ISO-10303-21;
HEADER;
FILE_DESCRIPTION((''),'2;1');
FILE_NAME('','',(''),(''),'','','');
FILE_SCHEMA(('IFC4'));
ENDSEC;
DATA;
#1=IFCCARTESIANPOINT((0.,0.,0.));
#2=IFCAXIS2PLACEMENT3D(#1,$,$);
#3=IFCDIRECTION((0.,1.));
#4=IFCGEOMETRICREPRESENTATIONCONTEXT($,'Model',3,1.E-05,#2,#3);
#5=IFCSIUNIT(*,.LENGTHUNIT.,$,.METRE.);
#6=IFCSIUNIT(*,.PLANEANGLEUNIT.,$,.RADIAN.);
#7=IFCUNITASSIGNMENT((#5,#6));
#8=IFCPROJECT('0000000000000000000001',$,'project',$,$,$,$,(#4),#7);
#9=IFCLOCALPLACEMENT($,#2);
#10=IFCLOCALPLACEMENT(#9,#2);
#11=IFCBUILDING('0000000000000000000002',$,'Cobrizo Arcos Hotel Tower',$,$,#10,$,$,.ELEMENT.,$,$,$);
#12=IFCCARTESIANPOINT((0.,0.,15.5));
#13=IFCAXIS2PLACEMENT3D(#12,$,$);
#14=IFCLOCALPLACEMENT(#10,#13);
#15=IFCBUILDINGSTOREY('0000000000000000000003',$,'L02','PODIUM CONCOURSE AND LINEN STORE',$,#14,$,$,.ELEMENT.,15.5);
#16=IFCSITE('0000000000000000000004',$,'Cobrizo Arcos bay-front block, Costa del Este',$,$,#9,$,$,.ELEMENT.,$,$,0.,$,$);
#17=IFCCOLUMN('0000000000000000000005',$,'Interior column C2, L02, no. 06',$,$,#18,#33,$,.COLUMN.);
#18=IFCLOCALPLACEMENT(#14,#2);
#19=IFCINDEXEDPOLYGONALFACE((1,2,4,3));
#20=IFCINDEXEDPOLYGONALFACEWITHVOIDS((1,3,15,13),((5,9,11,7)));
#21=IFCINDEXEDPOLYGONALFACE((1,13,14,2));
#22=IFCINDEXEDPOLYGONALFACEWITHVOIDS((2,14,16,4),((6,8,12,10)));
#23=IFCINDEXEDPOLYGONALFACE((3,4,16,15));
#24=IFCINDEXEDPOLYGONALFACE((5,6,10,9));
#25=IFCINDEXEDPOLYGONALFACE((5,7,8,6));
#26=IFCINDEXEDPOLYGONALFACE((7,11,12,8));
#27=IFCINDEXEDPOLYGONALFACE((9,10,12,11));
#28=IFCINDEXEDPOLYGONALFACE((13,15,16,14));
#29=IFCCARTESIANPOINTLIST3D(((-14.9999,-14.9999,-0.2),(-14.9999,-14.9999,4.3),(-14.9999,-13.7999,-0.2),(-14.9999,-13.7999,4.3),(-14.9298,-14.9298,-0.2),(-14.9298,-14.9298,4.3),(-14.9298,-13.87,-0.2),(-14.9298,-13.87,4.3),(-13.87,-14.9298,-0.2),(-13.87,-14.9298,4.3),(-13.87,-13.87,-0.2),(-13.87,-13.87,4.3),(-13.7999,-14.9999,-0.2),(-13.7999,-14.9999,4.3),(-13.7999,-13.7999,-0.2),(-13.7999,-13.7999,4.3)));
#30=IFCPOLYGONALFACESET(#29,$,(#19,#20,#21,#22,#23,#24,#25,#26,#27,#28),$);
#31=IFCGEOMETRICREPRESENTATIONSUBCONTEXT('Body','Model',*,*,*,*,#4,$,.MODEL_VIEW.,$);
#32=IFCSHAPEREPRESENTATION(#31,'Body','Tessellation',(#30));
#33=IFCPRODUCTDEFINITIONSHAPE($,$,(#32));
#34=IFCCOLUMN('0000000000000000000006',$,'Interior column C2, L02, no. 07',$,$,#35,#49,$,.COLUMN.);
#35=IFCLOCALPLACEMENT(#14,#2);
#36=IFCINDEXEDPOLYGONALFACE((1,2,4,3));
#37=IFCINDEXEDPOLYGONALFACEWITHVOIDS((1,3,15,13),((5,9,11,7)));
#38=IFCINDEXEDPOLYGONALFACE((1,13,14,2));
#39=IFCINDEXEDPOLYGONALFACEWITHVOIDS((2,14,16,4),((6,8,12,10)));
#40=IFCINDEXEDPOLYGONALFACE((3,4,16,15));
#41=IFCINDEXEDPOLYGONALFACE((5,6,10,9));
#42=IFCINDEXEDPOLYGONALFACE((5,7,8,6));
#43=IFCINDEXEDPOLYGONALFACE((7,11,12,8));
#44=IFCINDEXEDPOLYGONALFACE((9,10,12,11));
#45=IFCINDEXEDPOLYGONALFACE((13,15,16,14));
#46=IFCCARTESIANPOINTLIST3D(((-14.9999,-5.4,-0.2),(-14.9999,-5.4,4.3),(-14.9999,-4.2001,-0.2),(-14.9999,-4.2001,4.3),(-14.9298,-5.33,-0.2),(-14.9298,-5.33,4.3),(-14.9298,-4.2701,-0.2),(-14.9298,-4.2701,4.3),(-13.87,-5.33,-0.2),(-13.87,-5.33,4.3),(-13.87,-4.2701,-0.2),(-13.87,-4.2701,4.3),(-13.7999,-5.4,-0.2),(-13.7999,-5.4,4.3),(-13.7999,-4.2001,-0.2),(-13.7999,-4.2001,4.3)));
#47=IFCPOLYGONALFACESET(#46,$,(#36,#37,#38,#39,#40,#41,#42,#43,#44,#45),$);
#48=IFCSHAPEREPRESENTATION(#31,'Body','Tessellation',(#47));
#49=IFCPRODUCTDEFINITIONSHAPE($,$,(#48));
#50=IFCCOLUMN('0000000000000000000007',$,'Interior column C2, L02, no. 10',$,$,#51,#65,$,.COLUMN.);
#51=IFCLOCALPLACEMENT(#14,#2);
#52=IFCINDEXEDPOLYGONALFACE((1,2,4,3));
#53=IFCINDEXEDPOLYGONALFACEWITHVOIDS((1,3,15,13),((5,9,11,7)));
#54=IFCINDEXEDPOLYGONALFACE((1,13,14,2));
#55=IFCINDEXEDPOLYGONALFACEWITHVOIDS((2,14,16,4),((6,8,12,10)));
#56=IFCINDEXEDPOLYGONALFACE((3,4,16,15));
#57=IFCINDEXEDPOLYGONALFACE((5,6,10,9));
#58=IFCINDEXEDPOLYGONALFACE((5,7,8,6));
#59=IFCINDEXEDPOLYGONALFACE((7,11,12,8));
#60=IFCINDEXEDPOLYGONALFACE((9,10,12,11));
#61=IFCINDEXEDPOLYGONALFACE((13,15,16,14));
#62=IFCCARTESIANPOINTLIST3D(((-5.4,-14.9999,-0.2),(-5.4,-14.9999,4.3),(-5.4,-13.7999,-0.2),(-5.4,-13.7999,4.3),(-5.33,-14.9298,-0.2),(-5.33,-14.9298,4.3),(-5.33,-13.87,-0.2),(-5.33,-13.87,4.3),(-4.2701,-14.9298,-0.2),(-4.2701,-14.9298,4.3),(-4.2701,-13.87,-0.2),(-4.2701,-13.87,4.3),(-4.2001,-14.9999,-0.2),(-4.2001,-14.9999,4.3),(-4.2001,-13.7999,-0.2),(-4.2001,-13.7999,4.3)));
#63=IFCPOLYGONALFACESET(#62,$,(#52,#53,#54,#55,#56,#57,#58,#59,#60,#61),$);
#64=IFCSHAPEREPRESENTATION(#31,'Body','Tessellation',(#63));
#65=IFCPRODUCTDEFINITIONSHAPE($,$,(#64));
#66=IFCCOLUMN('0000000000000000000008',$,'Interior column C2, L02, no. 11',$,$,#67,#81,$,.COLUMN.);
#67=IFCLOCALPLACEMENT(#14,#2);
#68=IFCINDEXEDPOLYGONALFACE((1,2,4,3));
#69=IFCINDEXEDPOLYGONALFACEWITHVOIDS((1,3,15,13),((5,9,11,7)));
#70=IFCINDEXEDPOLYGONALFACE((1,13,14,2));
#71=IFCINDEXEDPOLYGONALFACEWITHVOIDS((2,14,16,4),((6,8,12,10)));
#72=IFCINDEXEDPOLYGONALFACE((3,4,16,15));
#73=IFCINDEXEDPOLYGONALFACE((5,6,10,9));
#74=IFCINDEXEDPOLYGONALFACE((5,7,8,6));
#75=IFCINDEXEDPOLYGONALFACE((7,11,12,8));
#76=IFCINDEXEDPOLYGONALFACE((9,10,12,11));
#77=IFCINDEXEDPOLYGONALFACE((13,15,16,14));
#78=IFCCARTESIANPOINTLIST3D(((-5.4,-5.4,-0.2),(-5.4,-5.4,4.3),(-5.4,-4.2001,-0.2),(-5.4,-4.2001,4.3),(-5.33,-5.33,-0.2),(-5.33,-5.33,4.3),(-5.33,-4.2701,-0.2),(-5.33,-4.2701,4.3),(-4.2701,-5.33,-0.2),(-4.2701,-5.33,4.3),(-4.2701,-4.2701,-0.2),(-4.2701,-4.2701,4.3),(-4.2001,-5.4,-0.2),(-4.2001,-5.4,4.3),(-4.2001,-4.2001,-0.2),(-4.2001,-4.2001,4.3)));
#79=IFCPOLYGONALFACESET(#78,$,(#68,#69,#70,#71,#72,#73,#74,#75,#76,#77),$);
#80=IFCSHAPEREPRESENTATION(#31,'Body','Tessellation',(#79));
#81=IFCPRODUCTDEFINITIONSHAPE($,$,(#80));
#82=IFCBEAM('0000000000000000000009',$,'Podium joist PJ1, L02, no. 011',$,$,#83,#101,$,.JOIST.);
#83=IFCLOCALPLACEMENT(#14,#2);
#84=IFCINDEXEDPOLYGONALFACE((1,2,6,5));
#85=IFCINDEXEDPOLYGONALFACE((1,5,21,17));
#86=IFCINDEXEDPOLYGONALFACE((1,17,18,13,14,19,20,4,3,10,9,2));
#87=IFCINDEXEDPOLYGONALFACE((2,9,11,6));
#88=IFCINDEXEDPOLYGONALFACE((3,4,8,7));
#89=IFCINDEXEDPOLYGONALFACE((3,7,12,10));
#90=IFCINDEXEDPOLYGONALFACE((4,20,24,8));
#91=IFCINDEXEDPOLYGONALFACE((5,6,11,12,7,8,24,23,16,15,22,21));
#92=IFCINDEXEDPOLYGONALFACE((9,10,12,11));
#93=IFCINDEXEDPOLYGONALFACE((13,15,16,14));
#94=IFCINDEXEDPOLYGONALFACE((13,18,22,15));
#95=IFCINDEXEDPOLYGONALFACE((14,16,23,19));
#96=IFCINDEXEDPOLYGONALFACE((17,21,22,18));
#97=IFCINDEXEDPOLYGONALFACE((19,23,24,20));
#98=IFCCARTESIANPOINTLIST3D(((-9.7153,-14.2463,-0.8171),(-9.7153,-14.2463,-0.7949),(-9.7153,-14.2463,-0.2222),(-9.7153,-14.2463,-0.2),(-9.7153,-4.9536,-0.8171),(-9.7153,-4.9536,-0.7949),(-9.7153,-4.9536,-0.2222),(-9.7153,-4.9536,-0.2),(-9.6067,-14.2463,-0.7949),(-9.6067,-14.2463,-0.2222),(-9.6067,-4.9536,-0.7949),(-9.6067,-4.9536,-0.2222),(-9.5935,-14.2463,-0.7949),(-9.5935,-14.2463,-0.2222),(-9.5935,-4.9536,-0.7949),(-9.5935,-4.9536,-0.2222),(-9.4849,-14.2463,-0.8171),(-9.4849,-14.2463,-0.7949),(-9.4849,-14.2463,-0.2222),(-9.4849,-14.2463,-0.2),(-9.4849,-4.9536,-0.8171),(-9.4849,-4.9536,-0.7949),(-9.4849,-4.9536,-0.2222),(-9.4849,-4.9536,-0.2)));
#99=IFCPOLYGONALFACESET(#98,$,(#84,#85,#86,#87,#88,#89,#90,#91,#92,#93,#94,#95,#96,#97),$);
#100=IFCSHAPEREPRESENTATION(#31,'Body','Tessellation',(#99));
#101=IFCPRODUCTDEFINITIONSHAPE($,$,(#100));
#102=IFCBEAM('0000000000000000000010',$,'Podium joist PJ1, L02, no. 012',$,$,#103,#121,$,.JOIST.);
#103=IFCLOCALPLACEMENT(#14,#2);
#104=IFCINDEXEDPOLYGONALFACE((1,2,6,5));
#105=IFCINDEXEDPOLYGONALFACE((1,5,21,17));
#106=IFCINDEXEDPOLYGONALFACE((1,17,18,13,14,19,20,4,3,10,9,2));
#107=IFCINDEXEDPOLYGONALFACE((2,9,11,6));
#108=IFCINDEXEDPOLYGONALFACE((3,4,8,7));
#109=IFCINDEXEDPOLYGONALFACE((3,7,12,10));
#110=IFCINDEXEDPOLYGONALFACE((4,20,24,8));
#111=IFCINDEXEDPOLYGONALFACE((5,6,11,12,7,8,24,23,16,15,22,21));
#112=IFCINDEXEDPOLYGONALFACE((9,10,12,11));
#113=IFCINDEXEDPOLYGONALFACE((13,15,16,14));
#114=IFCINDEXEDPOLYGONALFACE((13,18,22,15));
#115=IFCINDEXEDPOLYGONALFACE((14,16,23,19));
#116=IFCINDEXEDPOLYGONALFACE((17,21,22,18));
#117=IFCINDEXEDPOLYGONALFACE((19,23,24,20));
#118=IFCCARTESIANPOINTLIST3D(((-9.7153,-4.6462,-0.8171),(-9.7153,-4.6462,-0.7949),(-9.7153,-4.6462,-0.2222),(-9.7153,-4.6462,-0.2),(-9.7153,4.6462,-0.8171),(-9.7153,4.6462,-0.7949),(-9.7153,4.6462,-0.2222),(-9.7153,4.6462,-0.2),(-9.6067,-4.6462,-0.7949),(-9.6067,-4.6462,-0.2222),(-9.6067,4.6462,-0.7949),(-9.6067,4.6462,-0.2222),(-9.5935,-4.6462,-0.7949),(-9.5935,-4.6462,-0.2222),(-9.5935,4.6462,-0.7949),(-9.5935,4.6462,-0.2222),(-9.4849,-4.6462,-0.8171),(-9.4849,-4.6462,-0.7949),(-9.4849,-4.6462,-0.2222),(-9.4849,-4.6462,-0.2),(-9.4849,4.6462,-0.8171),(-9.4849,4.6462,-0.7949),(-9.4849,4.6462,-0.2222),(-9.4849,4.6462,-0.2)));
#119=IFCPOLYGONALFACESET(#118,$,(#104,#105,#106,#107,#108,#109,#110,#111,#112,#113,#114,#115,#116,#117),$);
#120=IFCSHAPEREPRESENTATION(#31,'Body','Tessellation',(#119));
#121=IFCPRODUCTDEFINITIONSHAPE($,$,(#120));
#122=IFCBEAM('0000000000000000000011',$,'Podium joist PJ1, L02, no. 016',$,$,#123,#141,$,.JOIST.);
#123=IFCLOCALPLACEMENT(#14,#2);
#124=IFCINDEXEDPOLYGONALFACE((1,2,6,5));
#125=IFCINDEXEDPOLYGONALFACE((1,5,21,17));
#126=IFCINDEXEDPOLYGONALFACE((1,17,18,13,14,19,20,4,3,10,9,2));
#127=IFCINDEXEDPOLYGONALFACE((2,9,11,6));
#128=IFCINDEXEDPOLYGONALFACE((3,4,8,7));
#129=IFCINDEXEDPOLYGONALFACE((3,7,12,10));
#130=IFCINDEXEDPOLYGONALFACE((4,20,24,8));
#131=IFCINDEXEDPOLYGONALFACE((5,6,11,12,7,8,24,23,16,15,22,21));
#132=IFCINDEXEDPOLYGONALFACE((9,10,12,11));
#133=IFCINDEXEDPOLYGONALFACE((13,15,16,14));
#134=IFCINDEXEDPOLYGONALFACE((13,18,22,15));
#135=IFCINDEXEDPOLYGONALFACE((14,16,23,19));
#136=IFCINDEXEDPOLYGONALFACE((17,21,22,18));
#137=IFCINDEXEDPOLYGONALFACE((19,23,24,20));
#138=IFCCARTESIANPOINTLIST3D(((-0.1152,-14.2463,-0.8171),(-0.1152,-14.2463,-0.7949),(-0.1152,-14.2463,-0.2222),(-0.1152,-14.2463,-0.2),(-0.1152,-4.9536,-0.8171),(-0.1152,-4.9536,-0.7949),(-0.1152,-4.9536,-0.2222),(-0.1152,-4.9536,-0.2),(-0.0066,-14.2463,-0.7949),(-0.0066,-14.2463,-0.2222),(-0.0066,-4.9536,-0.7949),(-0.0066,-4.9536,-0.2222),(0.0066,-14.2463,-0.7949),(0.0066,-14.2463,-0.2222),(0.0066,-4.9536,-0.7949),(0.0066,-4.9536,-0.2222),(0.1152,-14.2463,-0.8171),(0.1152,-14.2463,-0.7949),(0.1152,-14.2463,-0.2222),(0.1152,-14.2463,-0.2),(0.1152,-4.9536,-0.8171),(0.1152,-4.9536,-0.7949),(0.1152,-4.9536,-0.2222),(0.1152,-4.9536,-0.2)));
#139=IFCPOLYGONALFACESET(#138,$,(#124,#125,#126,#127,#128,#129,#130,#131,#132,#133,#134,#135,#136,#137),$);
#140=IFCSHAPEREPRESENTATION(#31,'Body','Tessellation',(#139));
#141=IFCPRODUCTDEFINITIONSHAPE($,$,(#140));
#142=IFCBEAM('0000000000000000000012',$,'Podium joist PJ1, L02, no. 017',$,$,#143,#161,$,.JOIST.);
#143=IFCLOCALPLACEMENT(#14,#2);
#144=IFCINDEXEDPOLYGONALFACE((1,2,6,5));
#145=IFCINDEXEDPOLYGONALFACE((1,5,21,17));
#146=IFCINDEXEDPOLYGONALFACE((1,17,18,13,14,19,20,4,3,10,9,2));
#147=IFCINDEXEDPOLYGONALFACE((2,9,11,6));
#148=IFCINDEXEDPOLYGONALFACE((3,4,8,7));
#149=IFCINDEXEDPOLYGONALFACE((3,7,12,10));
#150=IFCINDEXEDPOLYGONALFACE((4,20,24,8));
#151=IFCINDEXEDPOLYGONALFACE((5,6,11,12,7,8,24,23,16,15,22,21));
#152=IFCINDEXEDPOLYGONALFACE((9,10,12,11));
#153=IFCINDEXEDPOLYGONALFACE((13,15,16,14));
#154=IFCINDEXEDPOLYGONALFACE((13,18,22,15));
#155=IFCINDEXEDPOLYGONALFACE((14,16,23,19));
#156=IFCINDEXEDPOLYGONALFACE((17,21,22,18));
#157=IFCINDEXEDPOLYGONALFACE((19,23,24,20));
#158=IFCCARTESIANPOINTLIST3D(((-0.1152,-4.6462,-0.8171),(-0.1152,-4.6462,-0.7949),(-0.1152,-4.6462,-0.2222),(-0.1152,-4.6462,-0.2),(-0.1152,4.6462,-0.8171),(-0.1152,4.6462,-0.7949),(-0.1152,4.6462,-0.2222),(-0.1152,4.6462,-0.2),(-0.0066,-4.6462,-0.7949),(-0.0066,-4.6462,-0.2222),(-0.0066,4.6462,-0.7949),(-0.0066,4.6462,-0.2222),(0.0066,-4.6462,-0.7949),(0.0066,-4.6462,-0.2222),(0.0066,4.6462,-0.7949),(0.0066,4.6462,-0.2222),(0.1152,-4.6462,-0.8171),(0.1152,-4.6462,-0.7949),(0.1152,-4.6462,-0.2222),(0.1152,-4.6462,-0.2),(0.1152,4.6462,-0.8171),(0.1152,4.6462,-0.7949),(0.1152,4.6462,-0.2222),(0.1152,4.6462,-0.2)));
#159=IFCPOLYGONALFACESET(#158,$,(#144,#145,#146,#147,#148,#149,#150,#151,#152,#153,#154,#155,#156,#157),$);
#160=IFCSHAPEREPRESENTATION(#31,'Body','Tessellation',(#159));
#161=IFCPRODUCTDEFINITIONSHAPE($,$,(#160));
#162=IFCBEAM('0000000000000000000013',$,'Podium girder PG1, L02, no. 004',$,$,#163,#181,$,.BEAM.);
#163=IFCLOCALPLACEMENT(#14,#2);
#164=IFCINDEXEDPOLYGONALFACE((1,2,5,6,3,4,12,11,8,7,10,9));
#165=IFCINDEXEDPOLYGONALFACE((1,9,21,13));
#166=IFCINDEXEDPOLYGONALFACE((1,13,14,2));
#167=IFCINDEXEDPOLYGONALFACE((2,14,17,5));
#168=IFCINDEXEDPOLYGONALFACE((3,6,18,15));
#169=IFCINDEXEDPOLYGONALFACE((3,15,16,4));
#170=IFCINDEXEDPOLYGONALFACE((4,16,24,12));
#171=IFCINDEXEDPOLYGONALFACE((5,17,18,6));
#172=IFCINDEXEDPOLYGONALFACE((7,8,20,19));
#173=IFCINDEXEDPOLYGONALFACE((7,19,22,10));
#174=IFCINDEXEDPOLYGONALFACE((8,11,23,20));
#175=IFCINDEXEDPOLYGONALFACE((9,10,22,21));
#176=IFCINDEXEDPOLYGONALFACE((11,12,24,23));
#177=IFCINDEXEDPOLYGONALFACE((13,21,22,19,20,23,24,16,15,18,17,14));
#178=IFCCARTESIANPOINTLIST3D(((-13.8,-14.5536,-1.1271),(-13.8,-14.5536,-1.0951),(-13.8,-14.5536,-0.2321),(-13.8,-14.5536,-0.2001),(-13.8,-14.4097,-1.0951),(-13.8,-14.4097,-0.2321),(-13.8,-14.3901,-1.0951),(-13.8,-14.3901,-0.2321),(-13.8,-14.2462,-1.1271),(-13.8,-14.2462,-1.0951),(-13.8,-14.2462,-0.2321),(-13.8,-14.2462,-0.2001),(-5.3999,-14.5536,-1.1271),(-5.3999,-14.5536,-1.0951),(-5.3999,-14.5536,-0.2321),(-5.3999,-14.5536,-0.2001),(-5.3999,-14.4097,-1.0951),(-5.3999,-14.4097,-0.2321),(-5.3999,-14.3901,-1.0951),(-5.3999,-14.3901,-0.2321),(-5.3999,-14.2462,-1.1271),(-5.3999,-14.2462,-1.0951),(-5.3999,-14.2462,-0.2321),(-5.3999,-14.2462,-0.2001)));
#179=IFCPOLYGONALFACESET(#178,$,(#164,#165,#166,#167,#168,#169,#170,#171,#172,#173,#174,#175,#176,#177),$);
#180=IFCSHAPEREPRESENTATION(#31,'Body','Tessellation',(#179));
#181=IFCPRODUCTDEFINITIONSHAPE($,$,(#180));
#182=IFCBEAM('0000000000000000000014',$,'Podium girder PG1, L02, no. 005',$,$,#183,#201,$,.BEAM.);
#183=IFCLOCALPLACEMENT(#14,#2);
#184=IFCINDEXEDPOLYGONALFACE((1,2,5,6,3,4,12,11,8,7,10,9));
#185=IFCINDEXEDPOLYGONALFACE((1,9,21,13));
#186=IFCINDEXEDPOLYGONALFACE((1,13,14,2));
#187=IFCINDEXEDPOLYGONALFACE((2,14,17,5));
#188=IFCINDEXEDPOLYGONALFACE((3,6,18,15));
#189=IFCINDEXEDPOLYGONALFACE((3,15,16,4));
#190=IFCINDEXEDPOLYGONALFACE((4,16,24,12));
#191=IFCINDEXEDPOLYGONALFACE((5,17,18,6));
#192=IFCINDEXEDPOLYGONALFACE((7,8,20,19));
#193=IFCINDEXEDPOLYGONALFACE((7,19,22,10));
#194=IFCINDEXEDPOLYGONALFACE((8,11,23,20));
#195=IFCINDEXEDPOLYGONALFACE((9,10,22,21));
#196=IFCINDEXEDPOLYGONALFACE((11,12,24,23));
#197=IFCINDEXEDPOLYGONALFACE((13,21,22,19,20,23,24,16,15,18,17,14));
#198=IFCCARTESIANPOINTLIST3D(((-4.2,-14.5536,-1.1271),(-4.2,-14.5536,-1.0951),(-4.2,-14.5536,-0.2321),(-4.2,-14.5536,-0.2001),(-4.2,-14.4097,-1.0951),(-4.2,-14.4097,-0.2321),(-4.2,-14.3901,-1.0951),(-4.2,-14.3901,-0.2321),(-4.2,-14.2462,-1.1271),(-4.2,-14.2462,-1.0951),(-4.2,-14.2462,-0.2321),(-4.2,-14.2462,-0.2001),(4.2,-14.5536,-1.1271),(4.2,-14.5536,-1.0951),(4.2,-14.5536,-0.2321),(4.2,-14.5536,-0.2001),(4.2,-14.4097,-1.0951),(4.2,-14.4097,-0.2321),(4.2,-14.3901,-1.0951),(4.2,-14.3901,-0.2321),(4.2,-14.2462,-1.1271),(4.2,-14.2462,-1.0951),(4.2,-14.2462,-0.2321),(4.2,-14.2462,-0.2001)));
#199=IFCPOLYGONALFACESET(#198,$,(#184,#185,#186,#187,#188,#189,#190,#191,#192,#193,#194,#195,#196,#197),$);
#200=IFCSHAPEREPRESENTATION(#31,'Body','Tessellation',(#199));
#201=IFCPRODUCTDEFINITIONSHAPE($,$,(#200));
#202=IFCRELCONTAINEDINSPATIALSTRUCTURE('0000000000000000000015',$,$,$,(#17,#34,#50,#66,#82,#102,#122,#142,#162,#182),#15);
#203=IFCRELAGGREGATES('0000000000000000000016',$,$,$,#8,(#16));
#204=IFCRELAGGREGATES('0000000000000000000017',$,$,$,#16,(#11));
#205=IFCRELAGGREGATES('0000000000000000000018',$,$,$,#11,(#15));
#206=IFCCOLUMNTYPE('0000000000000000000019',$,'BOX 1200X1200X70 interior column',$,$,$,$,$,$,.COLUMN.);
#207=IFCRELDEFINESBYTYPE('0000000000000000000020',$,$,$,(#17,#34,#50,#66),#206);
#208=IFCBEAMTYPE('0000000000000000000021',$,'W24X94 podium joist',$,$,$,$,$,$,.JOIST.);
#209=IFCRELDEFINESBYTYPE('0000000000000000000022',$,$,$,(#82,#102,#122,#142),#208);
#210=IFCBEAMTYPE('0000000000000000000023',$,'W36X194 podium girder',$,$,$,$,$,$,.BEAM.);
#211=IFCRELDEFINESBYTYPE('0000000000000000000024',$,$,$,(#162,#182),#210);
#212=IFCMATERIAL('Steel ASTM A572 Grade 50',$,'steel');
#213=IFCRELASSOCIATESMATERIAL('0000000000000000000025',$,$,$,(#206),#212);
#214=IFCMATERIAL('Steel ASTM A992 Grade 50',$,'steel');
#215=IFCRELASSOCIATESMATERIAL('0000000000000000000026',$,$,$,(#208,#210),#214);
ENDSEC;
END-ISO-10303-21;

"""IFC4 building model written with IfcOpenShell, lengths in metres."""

from ifc_helpers import new_model, si_unit, direction, frame, origin, origin_2d, place, context, subcontext, project, spatial, hollow_rectangle, i_section, extrude, material, material_profile, profile_set, type_object, element, save


model = new_model("IFC4")

# Units and contexts
model_context = context("Model", 3, precision=1e-05, world=origin(), true_north=direction((0.0, 1.0)))
body_context = subcontext(model_context, "Body", "Model", "MODEL_VIEW")
ifc_project = project(units=[si_unit("LENGTHUNIT", "METRE"), si_unit("PLANEANGLEUNIT", "RADIAN")], contexts=[model_context])

# Site, building, storey
site_placement = place(None, origin())
site = spatial("IfcSite", under=ifc_project, at=site_placement, Name="Cobrizo Arcos bay-front block, Costa del Este", CompositionType="ELEMENT", RefElevation=0.0)
building_placement = place(site_placement, origin())
building = spatial("IfcBuilding", under=site, at=building_placement, Name="Cobrizo Arcos Hotel Tower", CompositionType="ELEMENT")
storey_placement = place(building_placement, frame((0.0, 0.0, 15.5)))
storey = spatial("IfcBuildingStorey", under=building, at=storey_placement, Name="L02", Description="PODIUM CONCOURSE AND LINEN STORE", CompositionType="ELEMENT", Elevation=15.5)

# Columns
ifc_material_1 = material(Name="Steel ASTM A572 Grade 50", Category="steel")
ifc_material_profile_1 = material_profile(ifc_material_1, hollow_rectangle(XDim=1.2, YDim=1.2, WallThickness=0.0701, at=origin_2d()), Name="BOX 1200X1200X70")
ifc_profile_set_1 = profile_set([ifc_material_profile_1], Name="Steel ASTM A572 Grade 50")
column_type = type_object("IfcColumnType", Name="BOX 1200X1200X70 interior column", PredefinedType="COLUMN", material=ifc_profile_set_1)
for number, where, z_axis, x_axis, name in (
    (1, (-14.3999, -14.3999, -0.2), (0.0, 0.0, 1.0), (1.0, 0.0, 0.0), "Interior column C2, L02, no. 06"),
    (2, (-14.3999, -4.8, -0.2), (0.0, 0.0, 1.0), (1.0, 0.0, 0.0), "Interior column C2, L02, no. 07"),
    (3, (-4.8, -14.3999, -0.2), (0.0, 0.0, 1.0), (1.0, 0.0, 0.0), "Interior column C2, L02, no. 10"),
    (4, (-4.8, -4.8, -0.2), (0.0, 0.0, 1.0), (1.0, 0.0, 0.0), "Interior column C2, L02, no. 11"),
):
    element("IfcColumn", number, at=place(storey_placement, frame(where, z_axis=z_axis, x_axis=x_axis)), inside=storey, type_object=column_type, Name=name, PredefinedType="COLUMN", context=body_context, shape_type="SweptSolid", body=[
        extrude(hollow_rectangle(XDim=1.2, YDim=1.2, WallThickness=0.0701, at=origin_2d()), origin(), (0.0, 0.0, 1.0), 4.5),
    ])

# Beams
ifc_material_2 = material(Name="Steel ASTM A992 Grade 50", Category="steel")
ifc_material_profile_2 = material_profile(ifc_material_2, i_section(OverallWidth=0.2305, OverallDepth=0.6172, WebThickness=0.0132, FlangeThickness=0.0222, at=origin_2d()), Name="W24X94")
ifc_profile_set_2 = profile_set([ifc_material_profile_2], Name="Steel ASTM A992 Grade 50")
beam_type_1 = type_object("IfcBeamType", Name="W24X94 podium joist", PredefinedType="JOIST", material=ifc_profile_set_2)
beam_1_placement = place(storey_placement, frame((-9.6001, -14.2463, -0.5085), z_axis=(0.0, 1.0, 0.0), x_axis=(-1.0, 0.0, 0.0)))
element("IfcBeam", 5, at=beam_1_placement, inside=storey, type_object=beam_type_1, Name="Podium joist PJ1, L02, no. 011", PredefinedType="JOIST", context=body_context, shape_type="SweptSolid", body=[
    extrude(i_section(OverallWidth=0.2305, OverallDepth=0.6172, WebThickness=0.0132, FlangeThickness=0.0222, at=origin_2d()), origin(), (0.0, 0.0, 1.0), 9.2927),
])
beam_2_placement = place(storey_placement, frame((-9.6001, -4.6462, -0.5085), z_axis=(0.0, 1.0, 0.0), x_axis=(-1.0, 0.0, 0.0)))
element("IfcBeam", 6, at=beam_2_placement, inside=storey, type_object=beam_type_1, Name="Podium joist PJ1, L02, no. 012", PredefinedType="JOIST", context=body_context, shape_type="SweptSolid", body=[
    extrude(i_section(OverallWidth=0.2305, OverallDepth=0.6172, WebThickness=0.0132, FlangeThickness=0.0222, at=origin_2d()), origin(), (0.0, 0.0, 1.0), 9.2925),
])
beam_3_placement = place(storey_placement, frame((0.0, -14.2463, -0.5085), z_axis=(0.0, 1.0, 0.0), x_axis=(-1.0, 0.0, 0.0)))
element("IfcBeam", 7, at=beam_3_placement, inside=storey, type_object=beam_type_1, Name="Podium joist PJ1, L02, no. 016", PredefinedType="JOIST", context=body_context, shape_type="SweptSolid", body=[
    extrude(i_section(OverallWidth=0.2305, OverallDepth=0.6172, WebThickness=0.0132, FlangeThickness=0.0222, at=origin_2d()), origin(), (0.0, 0.0, 1.0), 9.2927),
])
beam_4_placement = place(storey_placement, frame((0.0, -4.6462, -0.5085), z_axis=(0.0, 1.0, 0.0), x_axis=(-1.0, 0.0, 0.0)))
element("IfcBeam", 8, at=beam_4_placement, inside=storey, type_object=beam_type_1, Name="Podium joist PJ1, L02, no. 017", PredefinedType="JOIST", context=body_context, shape_type="SweptSolid", body=[
    extrude(i_section(OverallWidth=0.2305, OverallDepth=0.6172, WebThickness=0.0132, FlangeThickness=0.0222, at=origin_2d()), origin(), (0.0, 0.0, 1.0), 9.2925),
])
ifc_material_profile_3 = material_profile(ifc_material_2, i_section(OverallWidth=0.3074, OverallDepth=0.927, WebThickness=0.0195, FlangeThickness=0.032, at=origin_2d()), Name="W36X194")
ifc_profile_set_3 = profile_set([ifc_material_profile_3], Name="Steel ASTM A992 Grade 50")
beam_type_2 = type_object("IfcBeamType", Name="W36X194 podium girder", PredefinedType="BEAM", material=ifc_profile_set_3)
beam_5_placement = place(storey_placement, frame((-13.8, -14.3999, -0.6636), z_axis=(1.0, 0.0, 0.0), x_axis=(0.0, 1.0, 0.0)))
element("IfcBeam", 9, at=beam_5_placement, inside=storey, type_object=beam_type_2, Name="Podium girder PG1, L02, no. 004", PredefinedType="BEAM", context=body_context, shape_type="SweptSolid", body=[
    extrude(i_section(OverallWidth=0.3074, OverallDepth=0.927, WebThickness=0.0195, FlangeThickness=0.032, at=origin_2d()), origin(), (0.0, 0.0, 1.0), 8.4001),
])
beam_6_placement = place(storey_placement, frame((-4.2, -14.3999, -0.6636), z_axis=(1.0, 0.0, 0.0), x_axis=(0.0, 1.0, 0.0)))
element("IfcBeam", 10, at=beam_6_placement, inside=storey, type_object=beam_type_2, Name="Podium girder PG1, L02, no. 005", PredefinedType="BEAM", context=body_context, shape_type="SweptSolid", body=[
    extrude(i_section(OverallWidth=0.3074, OverallDepth=0.927, WebThickness=0.0195, FlangeThickness=0.032, at=origin_2d()), origin(), (0.0, 0.0, 1.0), 8.3999),
])

save(model, "model.ifc")
